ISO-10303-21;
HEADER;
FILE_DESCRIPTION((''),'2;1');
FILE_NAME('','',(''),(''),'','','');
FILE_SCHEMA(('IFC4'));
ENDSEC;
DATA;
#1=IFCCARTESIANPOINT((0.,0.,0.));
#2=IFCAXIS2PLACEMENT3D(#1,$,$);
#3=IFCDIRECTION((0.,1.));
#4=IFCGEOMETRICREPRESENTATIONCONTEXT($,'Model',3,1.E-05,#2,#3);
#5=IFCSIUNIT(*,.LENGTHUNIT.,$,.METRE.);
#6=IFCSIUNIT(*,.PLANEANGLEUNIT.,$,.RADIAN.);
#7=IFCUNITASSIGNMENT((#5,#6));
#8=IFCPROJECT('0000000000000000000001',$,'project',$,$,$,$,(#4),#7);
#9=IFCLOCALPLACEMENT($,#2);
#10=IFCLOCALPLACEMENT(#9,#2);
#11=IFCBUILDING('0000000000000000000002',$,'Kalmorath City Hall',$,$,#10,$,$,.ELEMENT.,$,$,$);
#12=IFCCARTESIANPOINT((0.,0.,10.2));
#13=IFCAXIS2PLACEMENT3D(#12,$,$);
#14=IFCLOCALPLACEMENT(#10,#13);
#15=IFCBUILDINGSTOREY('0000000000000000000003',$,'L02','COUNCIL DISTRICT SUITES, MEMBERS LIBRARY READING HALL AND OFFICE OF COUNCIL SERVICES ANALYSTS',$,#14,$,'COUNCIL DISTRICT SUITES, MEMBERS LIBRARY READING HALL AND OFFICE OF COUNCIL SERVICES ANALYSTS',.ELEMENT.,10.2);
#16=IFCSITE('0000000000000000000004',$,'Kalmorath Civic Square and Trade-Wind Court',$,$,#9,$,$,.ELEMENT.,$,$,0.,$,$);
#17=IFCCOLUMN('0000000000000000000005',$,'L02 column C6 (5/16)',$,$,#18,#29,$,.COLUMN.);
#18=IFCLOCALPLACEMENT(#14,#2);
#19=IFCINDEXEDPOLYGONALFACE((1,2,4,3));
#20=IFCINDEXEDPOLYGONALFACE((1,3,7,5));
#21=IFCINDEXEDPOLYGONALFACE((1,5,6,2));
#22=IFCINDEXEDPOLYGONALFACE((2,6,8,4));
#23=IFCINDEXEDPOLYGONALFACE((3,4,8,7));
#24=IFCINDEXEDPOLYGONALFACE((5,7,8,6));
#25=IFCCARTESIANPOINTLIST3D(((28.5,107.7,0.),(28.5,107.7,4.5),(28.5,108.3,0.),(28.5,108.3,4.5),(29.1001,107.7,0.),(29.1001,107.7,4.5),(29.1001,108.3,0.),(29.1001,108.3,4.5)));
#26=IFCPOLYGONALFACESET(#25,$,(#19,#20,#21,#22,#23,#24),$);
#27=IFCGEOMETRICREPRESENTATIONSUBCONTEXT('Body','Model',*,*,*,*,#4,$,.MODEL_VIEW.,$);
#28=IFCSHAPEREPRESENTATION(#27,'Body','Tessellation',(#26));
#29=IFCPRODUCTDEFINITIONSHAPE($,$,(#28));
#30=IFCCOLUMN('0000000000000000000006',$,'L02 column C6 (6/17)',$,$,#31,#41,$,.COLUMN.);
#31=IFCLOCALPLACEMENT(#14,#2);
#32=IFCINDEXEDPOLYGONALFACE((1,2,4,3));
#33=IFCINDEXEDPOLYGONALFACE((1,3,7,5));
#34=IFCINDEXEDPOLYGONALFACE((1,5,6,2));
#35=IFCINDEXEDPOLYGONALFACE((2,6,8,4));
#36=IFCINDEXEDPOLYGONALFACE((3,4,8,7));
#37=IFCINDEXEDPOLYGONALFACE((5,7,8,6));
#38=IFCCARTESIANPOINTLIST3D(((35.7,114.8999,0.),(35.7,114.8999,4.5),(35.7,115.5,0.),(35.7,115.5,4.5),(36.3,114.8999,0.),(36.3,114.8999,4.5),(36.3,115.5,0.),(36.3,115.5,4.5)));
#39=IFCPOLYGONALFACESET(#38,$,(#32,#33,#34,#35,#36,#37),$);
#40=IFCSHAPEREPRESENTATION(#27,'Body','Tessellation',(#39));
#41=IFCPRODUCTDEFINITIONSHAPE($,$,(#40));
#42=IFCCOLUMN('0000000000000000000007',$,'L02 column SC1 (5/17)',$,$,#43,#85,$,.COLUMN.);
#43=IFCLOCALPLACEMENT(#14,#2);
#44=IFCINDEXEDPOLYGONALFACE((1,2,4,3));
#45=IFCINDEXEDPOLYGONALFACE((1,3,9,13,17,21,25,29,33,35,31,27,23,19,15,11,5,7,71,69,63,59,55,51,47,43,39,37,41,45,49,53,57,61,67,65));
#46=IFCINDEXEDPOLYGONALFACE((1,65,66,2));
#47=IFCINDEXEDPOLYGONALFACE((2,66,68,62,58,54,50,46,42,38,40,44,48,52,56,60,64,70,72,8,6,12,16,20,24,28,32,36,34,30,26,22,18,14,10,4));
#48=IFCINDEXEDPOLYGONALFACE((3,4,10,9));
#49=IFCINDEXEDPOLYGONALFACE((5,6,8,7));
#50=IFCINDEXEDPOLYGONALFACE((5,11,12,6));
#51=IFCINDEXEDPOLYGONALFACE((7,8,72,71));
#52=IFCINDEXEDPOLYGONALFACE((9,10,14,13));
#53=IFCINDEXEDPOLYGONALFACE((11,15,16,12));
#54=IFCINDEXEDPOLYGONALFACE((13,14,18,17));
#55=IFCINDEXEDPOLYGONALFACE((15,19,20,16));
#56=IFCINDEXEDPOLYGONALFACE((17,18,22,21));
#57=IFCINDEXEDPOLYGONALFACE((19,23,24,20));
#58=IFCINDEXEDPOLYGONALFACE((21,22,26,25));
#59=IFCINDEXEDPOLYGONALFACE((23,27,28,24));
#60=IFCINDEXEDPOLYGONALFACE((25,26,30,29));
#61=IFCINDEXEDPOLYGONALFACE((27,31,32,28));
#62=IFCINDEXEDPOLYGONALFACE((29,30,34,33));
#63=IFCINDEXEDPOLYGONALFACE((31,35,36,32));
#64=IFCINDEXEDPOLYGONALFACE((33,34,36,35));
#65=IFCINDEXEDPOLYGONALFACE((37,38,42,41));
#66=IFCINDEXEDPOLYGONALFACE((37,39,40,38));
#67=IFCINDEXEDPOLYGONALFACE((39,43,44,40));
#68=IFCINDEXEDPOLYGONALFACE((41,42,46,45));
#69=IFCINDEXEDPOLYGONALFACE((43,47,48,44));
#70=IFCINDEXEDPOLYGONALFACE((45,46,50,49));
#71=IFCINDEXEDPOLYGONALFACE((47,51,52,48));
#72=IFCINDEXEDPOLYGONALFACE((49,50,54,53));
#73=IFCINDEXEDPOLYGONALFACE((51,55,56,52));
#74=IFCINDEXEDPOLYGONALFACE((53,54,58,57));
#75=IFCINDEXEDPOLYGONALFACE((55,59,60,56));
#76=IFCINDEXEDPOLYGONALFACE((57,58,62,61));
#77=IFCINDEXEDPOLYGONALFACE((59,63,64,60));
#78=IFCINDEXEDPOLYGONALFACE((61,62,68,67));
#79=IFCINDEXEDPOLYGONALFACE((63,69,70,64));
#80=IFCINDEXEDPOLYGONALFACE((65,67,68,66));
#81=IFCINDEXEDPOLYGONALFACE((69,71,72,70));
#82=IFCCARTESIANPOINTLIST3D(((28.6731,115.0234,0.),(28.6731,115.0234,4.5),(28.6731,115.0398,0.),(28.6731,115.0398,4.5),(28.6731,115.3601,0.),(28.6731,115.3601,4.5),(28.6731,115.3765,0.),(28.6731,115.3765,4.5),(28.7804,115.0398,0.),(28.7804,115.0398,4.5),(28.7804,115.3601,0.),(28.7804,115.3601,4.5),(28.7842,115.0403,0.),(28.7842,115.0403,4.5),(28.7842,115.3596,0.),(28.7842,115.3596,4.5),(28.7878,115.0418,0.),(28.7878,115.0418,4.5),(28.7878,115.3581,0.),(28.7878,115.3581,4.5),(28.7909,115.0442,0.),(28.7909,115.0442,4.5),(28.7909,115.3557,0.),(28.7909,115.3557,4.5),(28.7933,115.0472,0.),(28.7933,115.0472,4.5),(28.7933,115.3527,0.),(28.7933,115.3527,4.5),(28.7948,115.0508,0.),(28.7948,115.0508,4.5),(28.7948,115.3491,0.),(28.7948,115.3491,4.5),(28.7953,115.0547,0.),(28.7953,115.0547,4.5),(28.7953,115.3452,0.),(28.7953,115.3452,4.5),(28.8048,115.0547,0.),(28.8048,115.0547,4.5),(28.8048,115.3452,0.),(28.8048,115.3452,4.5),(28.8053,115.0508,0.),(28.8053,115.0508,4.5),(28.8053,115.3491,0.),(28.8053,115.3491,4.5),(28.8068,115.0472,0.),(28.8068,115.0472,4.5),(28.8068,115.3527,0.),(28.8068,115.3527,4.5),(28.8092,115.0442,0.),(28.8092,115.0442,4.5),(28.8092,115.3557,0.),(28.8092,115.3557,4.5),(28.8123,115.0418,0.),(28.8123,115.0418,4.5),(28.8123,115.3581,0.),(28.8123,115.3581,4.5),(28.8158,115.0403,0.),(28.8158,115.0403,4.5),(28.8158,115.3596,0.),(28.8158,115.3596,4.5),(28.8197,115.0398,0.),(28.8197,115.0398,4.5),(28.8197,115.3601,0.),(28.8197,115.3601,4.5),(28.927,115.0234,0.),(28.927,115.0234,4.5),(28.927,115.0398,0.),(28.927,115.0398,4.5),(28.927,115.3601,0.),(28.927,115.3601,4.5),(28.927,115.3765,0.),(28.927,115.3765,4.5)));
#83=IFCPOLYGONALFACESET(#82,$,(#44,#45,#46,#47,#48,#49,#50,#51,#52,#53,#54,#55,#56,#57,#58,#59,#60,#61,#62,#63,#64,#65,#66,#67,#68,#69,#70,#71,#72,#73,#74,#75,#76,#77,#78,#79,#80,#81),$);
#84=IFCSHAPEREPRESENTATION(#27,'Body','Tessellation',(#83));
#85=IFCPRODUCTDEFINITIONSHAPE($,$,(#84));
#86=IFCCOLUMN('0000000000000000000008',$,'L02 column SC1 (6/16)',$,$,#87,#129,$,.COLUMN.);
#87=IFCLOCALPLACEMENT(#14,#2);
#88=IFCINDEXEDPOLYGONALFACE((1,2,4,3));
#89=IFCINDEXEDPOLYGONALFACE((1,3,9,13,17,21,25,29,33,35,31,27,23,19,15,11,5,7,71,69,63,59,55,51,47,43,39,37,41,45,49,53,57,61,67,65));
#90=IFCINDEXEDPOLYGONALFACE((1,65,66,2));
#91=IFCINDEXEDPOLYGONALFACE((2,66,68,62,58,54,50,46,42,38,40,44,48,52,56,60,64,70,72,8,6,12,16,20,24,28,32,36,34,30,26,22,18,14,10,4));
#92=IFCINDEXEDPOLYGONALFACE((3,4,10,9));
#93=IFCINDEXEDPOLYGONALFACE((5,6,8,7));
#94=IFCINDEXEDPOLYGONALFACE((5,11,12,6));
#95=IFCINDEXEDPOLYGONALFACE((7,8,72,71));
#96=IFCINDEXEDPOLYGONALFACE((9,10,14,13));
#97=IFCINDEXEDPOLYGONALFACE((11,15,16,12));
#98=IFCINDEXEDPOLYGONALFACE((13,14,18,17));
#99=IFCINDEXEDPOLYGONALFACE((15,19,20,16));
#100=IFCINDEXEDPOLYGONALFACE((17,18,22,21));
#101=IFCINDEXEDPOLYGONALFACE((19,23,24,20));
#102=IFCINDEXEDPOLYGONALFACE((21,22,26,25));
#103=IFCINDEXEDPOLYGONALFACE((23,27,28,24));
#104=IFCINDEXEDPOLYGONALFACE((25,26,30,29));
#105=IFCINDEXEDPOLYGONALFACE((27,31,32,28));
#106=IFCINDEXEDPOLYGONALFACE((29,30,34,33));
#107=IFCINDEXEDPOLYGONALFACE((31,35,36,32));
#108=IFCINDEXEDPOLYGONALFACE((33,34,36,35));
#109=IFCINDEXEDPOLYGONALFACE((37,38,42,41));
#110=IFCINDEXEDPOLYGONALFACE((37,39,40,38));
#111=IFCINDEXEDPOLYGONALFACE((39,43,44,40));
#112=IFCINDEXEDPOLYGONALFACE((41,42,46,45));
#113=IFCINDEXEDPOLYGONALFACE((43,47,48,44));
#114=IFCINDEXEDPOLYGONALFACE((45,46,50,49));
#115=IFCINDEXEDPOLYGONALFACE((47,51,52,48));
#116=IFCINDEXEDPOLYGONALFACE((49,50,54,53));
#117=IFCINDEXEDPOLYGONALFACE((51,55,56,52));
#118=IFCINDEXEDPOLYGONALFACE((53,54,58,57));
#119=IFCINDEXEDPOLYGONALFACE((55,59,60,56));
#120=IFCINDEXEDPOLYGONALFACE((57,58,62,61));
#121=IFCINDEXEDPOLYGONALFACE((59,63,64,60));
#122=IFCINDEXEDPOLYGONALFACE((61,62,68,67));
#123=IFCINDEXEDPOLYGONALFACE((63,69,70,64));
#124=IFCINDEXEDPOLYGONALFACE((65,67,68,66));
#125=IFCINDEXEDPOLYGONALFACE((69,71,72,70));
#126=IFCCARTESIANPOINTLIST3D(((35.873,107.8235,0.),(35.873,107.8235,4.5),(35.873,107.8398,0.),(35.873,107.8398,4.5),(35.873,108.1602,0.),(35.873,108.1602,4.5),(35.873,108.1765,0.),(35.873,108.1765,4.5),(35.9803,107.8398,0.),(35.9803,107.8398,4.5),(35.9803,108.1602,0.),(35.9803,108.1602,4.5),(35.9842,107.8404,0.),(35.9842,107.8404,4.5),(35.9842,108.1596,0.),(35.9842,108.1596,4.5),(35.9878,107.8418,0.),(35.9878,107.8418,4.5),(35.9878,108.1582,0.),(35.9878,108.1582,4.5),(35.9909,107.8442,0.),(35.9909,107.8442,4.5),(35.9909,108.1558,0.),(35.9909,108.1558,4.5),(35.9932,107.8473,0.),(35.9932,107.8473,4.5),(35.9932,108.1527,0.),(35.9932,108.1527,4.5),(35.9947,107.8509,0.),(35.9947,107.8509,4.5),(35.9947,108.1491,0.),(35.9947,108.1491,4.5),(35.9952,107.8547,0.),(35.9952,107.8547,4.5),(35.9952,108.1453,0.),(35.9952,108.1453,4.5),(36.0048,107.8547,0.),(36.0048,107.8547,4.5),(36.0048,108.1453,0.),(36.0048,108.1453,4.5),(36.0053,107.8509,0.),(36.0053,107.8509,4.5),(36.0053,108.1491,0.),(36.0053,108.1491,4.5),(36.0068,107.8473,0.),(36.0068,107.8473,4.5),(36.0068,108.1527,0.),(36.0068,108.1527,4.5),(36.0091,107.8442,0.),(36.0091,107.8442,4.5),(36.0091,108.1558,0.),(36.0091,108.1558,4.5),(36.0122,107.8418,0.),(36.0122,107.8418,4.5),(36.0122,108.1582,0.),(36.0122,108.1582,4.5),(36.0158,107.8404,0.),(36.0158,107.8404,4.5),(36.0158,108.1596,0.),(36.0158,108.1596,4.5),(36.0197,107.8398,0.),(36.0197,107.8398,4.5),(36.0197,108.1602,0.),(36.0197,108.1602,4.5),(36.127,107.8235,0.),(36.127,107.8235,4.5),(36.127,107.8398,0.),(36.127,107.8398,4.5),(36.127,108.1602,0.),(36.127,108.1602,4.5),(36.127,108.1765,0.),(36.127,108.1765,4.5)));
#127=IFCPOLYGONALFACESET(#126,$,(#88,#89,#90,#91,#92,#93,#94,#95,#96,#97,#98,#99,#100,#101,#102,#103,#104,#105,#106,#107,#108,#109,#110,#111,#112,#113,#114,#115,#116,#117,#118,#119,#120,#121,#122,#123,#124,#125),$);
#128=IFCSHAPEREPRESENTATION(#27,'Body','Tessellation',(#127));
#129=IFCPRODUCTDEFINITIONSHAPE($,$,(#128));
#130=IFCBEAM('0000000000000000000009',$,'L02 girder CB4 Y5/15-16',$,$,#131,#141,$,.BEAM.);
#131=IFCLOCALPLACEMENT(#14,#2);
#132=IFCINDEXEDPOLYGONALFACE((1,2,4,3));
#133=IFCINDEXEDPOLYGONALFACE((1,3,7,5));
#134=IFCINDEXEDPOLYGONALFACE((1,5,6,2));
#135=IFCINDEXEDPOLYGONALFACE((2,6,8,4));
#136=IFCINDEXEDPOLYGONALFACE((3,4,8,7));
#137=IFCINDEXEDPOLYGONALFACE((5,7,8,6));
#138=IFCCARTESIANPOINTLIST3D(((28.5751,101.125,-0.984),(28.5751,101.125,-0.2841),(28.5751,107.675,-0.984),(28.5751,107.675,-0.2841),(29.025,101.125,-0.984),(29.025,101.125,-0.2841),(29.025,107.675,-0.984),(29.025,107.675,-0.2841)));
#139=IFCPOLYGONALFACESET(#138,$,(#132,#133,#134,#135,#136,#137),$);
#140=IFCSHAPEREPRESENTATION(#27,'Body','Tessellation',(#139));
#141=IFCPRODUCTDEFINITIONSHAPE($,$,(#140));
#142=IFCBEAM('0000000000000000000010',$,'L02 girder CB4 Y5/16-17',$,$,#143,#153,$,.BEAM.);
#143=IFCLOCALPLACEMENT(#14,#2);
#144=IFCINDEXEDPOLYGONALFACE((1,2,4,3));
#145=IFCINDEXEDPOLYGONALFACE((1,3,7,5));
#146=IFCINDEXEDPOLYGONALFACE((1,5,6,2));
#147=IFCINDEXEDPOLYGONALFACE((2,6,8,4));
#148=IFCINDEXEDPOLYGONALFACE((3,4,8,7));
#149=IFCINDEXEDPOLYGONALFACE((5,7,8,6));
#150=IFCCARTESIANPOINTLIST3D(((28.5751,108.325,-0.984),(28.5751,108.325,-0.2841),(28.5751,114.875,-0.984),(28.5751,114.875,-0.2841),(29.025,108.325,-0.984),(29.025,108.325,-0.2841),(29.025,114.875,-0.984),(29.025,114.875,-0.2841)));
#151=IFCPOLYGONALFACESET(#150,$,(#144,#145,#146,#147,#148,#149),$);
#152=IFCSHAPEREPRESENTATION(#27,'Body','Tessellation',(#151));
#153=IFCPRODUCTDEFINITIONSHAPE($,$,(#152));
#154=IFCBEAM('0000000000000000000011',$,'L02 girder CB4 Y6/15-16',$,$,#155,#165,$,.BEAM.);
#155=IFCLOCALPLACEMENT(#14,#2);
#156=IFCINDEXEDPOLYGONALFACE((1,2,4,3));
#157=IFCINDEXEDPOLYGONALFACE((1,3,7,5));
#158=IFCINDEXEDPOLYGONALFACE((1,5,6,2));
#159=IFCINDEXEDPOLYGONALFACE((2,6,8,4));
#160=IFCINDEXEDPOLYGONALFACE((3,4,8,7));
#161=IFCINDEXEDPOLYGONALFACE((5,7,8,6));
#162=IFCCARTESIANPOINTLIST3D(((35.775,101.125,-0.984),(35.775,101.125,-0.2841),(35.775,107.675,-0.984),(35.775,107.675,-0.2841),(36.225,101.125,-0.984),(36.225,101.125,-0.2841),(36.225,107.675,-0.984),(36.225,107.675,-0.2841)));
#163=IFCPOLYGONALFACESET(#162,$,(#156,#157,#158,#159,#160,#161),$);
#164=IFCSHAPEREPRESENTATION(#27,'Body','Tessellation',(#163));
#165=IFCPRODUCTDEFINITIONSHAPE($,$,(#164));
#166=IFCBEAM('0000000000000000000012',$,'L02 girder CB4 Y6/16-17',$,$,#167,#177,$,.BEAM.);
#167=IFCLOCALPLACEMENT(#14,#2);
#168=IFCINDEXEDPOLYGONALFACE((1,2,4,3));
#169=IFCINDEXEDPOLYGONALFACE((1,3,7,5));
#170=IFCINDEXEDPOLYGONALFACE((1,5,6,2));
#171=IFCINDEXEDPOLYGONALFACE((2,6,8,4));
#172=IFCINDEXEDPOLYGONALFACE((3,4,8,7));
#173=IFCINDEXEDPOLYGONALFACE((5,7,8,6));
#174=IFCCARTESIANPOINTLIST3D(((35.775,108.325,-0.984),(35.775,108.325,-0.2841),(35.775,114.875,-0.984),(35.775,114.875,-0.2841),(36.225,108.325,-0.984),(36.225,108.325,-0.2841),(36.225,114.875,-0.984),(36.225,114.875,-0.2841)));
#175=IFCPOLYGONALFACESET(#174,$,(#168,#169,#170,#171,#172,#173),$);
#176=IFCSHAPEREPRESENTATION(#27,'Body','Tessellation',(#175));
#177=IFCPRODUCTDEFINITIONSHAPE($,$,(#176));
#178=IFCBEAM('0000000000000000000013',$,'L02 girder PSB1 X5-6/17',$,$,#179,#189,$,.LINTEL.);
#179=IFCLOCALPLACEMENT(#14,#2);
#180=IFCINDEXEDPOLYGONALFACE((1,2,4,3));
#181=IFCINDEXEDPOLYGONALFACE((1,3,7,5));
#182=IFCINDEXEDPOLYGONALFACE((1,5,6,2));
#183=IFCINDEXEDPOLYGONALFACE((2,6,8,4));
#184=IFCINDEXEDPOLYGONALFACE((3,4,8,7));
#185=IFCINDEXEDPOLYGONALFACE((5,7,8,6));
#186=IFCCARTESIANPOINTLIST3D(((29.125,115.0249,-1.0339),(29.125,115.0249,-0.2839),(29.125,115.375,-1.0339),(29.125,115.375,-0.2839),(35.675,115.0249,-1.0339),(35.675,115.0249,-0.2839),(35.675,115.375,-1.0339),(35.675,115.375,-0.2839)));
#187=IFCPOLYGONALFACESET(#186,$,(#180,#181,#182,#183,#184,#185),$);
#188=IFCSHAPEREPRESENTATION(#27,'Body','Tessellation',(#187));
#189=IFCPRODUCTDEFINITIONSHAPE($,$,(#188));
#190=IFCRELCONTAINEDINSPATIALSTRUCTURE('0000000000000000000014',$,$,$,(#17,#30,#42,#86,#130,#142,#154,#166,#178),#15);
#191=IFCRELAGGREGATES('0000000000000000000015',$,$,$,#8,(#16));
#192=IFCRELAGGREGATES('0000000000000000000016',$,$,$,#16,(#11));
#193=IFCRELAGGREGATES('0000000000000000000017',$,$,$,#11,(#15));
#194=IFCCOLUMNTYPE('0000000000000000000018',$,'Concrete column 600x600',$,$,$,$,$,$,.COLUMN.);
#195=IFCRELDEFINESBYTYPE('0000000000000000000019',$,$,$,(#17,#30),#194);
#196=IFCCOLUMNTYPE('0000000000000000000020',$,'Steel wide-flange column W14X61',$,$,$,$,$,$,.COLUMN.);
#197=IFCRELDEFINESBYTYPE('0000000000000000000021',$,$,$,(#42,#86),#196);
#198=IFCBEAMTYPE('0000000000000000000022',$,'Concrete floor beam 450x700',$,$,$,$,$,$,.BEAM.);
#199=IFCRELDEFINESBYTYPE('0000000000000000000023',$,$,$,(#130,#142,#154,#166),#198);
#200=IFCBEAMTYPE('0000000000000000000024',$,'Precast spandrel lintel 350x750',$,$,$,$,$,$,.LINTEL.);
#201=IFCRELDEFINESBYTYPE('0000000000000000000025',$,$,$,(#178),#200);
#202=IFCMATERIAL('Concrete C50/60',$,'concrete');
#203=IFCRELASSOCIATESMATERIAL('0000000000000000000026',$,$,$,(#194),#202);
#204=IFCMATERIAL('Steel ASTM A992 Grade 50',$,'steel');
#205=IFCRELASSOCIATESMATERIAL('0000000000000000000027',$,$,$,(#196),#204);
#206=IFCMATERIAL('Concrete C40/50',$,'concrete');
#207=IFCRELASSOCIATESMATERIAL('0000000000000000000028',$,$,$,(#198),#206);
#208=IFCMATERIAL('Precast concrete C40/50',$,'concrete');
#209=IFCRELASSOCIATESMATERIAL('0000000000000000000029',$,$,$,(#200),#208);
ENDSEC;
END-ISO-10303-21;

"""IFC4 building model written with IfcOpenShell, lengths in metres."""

from ifc_helpers import new_model, si_unit, direction, frame, origin, origin_2d, place, context, subcontext, project, spatial, rectangle, i_section, extrude, material, material_profile, profile_set, type_object, element, save


model = new_model("IFC4")

# Units and contexts
model_context = context("Model", 3, precision=1e-05, world=origin(), true_north=direction((0.0, 1.0)))
body_context = subcontext(model_context, "Body", "Model", "MODEL_VIEW")
ifc_project = project(units=[si_unit("LENGTHUNIT", "METRE"), si_unit("PLANEANGLEUNIT", "RADIAN")], contexts=[model_context])

# Site, building, storey
site_placement = place(None, origin())
site = spatial("IfcSite", under=ifc_project, at=site_placement, Name="Kalmorath Civic Square and Trade-Wind Court", CompositionType="ELEMENT", RefElevation=0.0)
building_placement = place(site_placement, origin())
building = spatial("IfcBuilding", under=site, at=building_placement, Name="Kalmorath City Hall", CompositionType="ELEMENT")
storey_placement = place(building_placement, frame((0.0, 0.0, 10.2)))
storey = spatial("IfcBuildingStorey", under=building, at=storey_placement, Name="L02", Description="COUNCIL DISTRICT SUITES, MEMBERS LIBRARY READING HALL AND OFFICE OF COUNCIL SERVICES ANALYSTS", LongName="COUNCIL DISTRICT SUITES, MEMBERS LIBRARY READING HALL AND OFFICE OF COUNCIL SERVICES ANALYSTS", CompositionType="ELEMENT", Elevation=10.2)

# Columns
ifc_material_1 = material(Name="Concrete C50/60", Category="concrete")
ifc_material_profile_1 = material_profile(ifc_material_1, rectangle(XDim=0.6001, YDim=0.6001, at=origin_2d()), Name="RC-COL-600X600")
ifc_profile_set_1 = profile_set([ifc_material_profile_1], Name="Concrete C50/60")
column_type_1 = type_object("IfcColumnType", Name="Concrete column 600x600", PredefinedType="COLUMN", material=ifc_profile_set_1)
for number, where, z_axis, x_axis, name in (
    (1, (28.8, 108.0, 0.0), (0.0, 0.0, 1.0), (1.0, 0.0, 0.0), "L02 column C6 (5/16)"),
    (2, (36.0, 115.2, 0.0), (0.0, 0.0, 1.0), (1.0, 0.0, 0.0), "L02 column C6 (6/17)"),
):
    element("IfcColumn", number, at=place(storey_placement, frame(where, z_axis=z_axis, x_axis=x_axis)), inside=storey, type_object=column_type_1, Name=name, PredefinedType="COLUMN", context=body_context, shape_type="SweptSolid", body=[
        extrude(rectangle(XDim=0.6001, YDim=0.6001, at=origin_2d()), origin(), (0.0, 0.0, 1.0), 4.5),
    ])
ifc_material_2 = material(Name="Steel ASTM A992 Grade 50", Category="steel")
ifc_material_profile_2 = material_profile(ifc_material_2, i_section(OverallWidth=0.2539, OverallDepth=0.353, WebThickness=0.0095, FlangeThickness=0.0164, FilletRadius=0.0149, at=origin_2d()), Name="W14X61")
ifc_profile_set_2 = profile_set([ifc_material_profile_2], Name="Steel ASTM A992 Grade 50")
column_type_2 = type_object("IfcColumnType", Name="Steel wide-flange column W14X61", PredefinedType="COLUMN", material=ifc_profile_set_2)
for number, where, z_axis, x_axis, name in (
    (3, (28.8, 115.2, 0.0), (0.0, 0.0, 1.0), (1.0, 0.0, 0.0), "L02 column SC1 (5/17)"),
    (4, (36.0, 108.0, 0.0), (0.0, 0.0, 1.0), (1.0, 0.0, 0.0), "L02 column SC1 (6/16)"),
):
    element("IfcColumn", number, at=place(storey_placement, frame(where, z_axis=z_axis, x_axis=x_axis)), inside=storey, type_object=column_type_2, Name=name, PredefinedType="COLUMN", context=body_context, shape_type="SweptSolid", body=[
        extrude(i_section(OverallWidth=0.2539, OverallDepth=0.353, WebThickness=0.0095, FlangeThickness=0.0164, FilletRadius=0.0149, at=origin_2d()), origin(), (0.0, 0.0, 1.0), 4.5),
    ])

# Beams
ifc_material_3 = material(Name="Concrete C40/50", Category="concrete")
ifc_material_profile_3 = material_profile(ifc_material_3, rectangle(XDim=0.45, YDim=0.7, at=origin_2d()), Name="RC-BM-450X700")
ifc_profile_set_3 = profile_set([ifc_material_profile_3], Name="Concrete C40/50")
beam_type_1 = type_object("IfcBeamType", Name="Concrete floor beam 450x700", PredefinedType="BEAM", material=ifc_profile_set_3)
for number, where, z_axis, x_axis, name in (
    (5, (28.8, 101.125, -0.634), (0.0, 1.0, 0.0), (-1.0, 0.0, 0.0), "L02 girder CB4 Y5/15-16"),
    (6, (28.8, 108.325, -0.634), (0.0, 1.0, 0.0), (-1.0, 0.0, 0.0), "L02 girder CB4 Y5/16-17"),
    (7, (36.0, 101.125, -0.634), (0.0, 1.0, 0.0), (-1.0, 0.0, 0.0), "L02 girder CB4 Y6/15-16"),
    (8, (36.0, 108.325, -0.634), (0.0, 1.0, 0.0), (-1.0, 0.0, 0.0), "L02 girder CB4 Y6/16-17"),
):
    element("IfcBeam", number, at=place(storey_placement, frame(where, z_axis=z_axis, x_axis=x_axis)), inside=storey, type_object=beam_type_1, Name=name, PredefinedType="BEAM", context=body_context, shape_type="SweptSolid", body=[
        extrude(rectangle(XDim=0.45, YDim=0.7, at=origin_2d()), origin(), (0.0, 0.0, 1.0), 6.55),
    ])
ifc_material_4 = material(Name="Precast concrete C40/50", Category="concrete")
ifc_material_profile_4 = material_profile(ifc_material_4, rectangle(XDim=0.3501, YDim=0.75, at=origin_2d()), Name="PC-SP-350X750")
ifc_profile_set_4 = profile_set([ifc_material_profile_4], Name="Precast concrete C40/50")
beam_type_2 = type_object("IfcBeamType", Name="Precast spandrel lintel 350x750", PredefinedType="LINTEL", material=ifc_profile_set_4)
beam_1_placement = place(storey_placement, frame((29.125, 115.2, -0.6589), z_axis=(1.0, 0.0, 0.0), x_axis=(0.0, 1.0, 0.0)))
element("IfcBeam", 9, at=beam_1_placement, inside=storey, type_object=beam_type_2, Name="L02 girder PSB1 X5-6/17", PredefinedType="LINTEL", context=body_context, shape_type="SweptSolid", body=[
    extrude(rectangle(XDim=0.3501, YDim=0.75, at=origin_2d()), origin(), (0.0, 0.0, 1.0), 6.55),
])

save(model, "model.ifc")
